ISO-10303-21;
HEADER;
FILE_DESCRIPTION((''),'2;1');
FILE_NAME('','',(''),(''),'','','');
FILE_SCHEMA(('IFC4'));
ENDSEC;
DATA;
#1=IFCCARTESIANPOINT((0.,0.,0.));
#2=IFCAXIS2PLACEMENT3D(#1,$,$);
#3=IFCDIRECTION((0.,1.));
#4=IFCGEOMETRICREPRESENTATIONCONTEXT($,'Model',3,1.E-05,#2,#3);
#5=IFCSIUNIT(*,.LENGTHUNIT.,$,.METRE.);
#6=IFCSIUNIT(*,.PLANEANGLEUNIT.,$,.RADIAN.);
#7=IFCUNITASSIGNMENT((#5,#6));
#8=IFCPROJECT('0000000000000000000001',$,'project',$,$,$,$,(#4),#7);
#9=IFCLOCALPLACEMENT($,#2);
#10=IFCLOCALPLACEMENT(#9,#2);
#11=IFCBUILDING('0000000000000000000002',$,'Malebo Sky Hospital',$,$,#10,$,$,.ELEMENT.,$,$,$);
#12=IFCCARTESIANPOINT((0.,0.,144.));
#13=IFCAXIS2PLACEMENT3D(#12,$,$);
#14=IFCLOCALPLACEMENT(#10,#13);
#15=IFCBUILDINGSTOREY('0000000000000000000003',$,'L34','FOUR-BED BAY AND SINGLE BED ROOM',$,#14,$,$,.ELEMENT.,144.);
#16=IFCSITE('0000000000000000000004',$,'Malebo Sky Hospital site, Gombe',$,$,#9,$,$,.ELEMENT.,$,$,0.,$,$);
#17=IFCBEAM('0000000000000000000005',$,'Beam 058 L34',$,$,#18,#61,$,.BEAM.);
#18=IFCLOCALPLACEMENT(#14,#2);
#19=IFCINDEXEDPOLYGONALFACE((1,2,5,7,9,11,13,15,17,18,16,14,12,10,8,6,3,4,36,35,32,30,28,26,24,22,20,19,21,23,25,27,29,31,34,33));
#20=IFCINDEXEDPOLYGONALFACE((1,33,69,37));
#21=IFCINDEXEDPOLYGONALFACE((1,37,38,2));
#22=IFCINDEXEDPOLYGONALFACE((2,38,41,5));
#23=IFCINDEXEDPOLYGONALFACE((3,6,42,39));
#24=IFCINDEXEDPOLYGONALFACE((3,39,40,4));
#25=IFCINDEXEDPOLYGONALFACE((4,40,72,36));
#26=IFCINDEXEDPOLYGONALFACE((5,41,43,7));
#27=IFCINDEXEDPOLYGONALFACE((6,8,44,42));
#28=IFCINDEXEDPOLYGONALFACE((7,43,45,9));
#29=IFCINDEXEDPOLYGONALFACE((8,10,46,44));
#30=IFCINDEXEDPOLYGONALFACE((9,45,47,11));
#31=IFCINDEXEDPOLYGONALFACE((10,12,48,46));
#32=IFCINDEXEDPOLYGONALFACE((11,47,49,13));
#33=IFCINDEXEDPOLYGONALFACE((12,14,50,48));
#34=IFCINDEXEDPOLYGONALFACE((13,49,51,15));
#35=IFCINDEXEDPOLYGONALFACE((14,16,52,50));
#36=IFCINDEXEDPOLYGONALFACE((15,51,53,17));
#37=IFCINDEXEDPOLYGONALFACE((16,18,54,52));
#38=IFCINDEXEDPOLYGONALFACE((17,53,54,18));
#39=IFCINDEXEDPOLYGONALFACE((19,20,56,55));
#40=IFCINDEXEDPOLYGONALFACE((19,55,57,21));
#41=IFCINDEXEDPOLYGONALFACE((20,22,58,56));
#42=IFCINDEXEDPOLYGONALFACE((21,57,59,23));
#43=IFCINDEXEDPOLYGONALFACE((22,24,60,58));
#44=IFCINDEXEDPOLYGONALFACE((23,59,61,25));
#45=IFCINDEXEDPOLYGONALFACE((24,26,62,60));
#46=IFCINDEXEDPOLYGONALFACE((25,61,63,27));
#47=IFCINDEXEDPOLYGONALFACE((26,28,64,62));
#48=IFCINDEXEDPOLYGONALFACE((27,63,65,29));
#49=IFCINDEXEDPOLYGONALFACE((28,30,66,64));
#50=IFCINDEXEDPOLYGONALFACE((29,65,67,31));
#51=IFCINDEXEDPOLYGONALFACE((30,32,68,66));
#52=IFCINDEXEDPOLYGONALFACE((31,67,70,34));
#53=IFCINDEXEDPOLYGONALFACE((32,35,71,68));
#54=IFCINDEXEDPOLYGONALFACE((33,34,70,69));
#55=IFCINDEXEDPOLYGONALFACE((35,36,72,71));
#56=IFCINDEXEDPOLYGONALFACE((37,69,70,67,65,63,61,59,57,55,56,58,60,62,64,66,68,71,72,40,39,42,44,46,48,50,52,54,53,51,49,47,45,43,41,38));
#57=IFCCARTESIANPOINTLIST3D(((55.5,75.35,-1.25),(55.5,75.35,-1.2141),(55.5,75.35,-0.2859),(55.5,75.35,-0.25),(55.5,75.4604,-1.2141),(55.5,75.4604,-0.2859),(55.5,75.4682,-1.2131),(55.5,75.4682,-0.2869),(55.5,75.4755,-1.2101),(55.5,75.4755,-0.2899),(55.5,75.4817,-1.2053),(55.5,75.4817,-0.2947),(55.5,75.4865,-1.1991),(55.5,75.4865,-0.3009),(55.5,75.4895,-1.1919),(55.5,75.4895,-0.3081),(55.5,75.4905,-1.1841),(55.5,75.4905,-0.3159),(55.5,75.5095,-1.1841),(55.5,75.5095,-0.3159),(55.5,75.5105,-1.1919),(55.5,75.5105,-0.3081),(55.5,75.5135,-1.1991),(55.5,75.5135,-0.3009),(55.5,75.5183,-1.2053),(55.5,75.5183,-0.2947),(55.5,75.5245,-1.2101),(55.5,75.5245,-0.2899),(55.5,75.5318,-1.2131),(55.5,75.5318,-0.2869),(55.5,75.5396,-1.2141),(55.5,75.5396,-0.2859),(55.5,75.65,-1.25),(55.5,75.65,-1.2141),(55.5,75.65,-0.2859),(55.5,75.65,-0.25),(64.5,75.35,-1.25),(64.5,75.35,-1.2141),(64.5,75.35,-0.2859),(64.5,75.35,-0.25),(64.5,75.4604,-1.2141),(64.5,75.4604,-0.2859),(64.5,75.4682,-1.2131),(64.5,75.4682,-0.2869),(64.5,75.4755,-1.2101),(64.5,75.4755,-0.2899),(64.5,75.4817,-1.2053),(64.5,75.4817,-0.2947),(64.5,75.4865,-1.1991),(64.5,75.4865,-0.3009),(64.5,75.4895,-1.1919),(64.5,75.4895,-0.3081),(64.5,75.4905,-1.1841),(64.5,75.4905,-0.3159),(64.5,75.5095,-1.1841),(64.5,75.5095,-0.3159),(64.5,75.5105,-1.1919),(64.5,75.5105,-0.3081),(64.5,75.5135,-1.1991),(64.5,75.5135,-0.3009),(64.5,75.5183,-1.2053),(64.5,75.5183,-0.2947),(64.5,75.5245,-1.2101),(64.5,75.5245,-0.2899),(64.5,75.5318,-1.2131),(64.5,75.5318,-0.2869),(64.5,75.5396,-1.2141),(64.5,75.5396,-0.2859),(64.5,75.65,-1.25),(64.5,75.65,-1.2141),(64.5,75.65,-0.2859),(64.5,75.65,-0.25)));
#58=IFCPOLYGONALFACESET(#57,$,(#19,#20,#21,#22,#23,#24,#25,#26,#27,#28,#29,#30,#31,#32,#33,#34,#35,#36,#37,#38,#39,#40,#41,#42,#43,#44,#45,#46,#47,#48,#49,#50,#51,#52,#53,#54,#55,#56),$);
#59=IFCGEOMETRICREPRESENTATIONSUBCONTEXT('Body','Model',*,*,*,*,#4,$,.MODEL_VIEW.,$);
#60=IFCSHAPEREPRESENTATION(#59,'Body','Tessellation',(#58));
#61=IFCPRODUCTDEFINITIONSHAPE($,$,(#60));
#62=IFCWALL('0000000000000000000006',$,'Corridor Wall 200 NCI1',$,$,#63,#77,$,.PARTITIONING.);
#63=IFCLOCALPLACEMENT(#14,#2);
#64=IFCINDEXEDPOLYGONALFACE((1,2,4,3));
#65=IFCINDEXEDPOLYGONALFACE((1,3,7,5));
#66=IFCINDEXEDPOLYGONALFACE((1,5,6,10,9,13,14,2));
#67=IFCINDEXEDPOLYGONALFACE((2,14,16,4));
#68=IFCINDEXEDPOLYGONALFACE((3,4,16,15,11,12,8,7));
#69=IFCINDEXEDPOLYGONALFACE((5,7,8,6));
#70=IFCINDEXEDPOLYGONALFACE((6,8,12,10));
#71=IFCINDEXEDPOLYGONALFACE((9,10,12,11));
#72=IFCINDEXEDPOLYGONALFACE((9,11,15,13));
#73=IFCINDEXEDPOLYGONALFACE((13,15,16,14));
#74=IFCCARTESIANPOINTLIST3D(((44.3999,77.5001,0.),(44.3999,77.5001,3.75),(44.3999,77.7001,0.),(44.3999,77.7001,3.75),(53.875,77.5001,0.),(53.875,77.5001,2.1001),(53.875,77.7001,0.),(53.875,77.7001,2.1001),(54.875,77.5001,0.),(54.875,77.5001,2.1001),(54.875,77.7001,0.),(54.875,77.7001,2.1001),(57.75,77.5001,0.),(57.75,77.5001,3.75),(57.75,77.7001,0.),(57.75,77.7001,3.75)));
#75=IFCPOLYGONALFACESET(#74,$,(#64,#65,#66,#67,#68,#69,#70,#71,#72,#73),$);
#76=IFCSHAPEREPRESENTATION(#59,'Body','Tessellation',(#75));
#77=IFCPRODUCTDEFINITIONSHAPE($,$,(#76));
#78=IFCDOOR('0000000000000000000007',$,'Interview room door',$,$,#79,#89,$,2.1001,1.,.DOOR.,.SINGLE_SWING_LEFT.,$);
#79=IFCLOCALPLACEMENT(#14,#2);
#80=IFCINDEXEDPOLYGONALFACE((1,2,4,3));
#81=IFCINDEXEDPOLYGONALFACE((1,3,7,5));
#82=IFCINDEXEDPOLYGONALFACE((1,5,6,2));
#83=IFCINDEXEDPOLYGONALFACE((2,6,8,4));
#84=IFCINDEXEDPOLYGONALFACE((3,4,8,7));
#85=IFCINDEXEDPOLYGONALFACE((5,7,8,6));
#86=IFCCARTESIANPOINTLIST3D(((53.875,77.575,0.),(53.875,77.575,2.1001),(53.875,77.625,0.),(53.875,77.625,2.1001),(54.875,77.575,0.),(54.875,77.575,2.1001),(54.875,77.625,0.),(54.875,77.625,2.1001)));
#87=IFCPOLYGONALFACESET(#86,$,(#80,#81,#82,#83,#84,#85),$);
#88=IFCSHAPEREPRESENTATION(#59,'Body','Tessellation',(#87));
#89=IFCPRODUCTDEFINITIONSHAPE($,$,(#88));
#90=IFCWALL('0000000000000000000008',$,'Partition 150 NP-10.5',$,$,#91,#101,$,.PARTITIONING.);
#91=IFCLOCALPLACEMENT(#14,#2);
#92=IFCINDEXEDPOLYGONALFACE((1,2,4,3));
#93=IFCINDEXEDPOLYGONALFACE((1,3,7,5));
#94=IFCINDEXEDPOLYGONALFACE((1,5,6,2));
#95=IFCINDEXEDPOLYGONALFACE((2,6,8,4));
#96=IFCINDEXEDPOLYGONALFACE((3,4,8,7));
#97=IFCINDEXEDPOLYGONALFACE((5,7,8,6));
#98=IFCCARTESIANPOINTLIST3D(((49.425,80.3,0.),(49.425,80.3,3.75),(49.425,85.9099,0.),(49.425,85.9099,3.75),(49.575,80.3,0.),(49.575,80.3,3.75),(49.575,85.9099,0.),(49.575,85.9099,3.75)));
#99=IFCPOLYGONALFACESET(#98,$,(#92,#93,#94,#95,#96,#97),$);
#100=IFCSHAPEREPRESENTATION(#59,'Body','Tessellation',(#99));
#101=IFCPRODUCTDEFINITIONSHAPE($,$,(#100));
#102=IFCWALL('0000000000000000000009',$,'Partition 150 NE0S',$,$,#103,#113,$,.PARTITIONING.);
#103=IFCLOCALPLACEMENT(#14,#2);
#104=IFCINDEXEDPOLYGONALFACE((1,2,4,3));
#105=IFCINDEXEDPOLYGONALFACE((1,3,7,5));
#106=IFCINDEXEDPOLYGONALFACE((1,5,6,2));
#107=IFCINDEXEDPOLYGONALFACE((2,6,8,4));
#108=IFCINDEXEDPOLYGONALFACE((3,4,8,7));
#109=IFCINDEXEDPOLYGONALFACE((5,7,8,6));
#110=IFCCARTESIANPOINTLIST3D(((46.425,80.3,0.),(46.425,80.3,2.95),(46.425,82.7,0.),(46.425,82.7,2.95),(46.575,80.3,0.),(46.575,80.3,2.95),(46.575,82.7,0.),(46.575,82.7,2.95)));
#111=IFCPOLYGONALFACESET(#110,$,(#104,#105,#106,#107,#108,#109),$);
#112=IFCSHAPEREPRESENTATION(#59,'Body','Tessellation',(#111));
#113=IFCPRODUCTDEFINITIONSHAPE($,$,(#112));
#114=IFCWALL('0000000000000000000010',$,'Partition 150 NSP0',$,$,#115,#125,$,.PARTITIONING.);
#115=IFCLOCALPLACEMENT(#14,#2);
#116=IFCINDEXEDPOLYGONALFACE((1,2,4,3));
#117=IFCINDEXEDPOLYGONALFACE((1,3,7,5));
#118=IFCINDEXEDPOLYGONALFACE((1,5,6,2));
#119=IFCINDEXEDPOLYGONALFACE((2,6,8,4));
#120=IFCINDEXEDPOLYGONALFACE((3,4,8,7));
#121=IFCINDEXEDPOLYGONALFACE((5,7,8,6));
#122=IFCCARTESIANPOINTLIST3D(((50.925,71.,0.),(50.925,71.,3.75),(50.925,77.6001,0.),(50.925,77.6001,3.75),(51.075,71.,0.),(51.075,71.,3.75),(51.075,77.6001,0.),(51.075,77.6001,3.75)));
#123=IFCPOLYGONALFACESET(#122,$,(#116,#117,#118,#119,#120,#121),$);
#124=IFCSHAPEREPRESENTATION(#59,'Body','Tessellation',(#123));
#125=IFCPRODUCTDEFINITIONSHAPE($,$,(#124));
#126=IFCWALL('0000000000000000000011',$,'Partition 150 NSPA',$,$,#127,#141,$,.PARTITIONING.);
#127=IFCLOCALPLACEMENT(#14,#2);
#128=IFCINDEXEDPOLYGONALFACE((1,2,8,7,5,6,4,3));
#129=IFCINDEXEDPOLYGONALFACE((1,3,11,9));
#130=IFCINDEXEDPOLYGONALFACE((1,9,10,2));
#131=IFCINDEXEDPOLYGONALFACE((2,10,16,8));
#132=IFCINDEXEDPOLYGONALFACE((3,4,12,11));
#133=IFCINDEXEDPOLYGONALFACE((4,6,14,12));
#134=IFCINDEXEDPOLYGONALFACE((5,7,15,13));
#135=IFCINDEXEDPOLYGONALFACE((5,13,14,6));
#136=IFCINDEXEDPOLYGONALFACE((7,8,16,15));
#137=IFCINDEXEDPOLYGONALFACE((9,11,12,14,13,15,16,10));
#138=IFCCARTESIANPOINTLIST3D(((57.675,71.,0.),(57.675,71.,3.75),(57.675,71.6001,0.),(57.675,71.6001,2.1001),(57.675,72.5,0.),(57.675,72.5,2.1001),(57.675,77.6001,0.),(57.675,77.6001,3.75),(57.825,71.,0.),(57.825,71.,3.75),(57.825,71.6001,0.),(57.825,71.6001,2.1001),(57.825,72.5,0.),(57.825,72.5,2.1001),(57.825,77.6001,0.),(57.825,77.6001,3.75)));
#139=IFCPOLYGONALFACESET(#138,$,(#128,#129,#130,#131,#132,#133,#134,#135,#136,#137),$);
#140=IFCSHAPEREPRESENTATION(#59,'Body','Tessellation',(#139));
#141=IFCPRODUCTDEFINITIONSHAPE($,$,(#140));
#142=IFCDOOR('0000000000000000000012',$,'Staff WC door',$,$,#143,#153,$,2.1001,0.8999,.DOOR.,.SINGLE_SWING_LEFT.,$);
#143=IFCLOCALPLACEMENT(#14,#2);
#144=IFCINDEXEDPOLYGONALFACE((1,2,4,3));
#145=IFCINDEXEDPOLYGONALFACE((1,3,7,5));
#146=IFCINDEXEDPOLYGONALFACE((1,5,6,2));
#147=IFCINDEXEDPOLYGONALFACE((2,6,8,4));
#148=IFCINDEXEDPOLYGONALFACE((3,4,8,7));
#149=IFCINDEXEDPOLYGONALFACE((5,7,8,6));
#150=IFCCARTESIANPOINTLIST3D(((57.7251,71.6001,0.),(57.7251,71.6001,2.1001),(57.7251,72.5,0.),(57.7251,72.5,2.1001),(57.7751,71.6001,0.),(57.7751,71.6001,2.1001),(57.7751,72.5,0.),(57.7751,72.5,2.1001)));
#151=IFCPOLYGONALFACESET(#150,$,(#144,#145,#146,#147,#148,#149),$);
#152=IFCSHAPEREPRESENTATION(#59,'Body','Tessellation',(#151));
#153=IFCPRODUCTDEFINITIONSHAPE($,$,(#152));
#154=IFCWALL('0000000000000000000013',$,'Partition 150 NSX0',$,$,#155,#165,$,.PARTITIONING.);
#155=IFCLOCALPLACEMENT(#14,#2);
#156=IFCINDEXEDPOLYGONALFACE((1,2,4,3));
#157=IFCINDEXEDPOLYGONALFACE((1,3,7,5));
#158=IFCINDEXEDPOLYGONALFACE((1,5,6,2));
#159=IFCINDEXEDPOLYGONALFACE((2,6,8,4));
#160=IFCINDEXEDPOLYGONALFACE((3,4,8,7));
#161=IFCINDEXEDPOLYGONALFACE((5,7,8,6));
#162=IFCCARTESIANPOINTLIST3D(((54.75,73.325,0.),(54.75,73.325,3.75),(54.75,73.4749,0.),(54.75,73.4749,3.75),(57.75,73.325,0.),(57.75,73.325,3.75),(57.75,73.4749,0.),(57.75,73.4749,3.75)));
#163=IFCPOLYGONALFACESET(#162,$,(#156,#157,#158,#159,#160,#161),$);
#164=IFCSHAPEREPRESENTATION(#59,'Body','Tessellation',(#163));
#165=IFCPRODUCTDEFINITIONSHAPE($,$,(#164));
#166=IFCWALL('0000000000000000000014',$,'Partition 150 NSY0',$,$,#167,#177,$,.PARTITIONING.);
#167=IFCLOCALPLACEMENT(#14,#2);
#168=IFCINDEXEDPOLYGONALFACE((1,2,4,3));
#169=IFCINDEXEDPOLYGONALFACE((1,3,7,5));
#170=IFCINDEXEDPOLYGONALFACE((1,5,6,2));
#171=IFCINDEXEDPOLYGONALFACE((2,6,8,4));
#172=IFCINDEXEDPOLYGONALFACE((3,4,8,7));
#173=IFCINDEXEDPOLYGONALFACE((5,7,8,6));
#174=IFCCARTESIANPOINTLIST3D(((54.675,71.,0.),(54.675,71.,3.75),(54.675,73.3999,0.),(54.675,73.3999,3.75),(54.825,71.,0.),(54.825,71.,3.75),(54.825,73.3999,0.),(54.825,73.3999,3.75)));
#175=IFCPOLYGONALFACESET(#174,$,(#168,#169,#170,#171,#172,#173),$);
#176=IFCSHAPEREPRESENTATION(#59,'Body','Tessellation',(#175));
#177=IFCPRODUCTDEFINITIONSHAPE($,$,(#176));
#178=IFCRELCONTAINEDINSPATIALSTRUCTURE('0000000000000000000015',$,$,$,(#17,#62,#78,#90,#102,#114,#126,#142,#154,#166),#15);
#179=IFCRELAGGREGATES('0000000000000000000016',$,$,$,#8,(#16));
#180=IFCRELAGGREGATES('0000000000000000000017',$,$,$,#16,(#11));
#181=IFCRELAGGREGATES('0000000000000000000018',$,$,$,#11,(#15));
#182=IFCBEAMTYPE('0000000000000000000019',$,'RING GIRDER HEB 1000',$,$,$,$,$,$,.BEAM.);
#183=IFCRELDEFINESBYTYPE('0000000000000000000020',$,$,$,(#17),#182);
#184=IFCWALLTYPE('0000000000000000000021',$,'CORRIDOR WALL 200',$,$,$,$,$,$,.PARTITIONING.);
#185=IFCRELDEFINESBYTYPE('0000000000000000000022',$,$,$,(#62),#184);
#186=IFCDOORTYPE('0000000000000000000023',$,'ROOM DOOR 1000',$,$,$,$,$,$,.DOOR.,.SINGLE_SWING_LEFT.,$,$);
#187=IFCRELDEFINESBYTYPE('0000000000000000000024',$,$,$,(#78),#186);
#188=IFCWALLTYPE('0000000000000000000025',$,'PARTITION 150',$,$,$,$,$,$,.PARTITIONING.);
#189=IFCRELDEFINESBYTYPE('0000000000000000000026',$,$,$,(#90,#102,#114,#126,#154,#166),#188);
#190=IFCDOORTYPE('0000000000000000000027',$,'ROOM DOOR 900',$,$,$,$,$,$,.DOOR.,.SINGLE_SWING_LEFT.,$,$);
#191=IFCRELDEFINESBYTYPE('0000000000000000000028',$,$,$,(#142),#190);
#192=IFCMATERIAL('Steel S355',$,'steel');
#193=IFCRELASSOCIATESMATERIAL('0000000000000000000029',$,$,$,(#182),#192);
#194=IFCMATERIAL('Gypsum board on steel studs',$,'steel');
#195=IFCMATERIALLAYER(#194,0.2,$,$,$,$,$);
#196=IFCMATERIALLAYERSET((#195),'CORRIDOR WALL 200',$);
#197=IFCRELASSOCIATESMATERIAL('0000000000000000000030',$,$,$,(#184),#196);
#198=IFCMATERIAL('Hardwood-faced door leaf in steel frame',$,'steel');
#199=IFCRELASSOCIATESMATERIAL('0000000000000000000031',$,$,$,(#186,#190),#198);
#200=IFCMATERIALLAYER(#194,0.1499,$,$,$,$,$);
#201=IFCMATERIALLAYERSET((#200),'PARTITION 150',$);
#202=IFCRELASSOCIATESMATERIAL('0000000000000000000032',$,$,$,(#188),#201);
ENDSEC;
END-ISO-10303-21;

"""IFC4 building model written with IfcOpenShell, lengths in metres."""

from ifc_helpers import new_model, si_unit, direction, frame, frame_2d, origin, origin_2d, place, context, subcontext, project, spatial, rectangle, i_section, extrude, material, layer, layer_set, material_profile, profile_set, type_object, element, fill, save


model = new_model("IFC4")

# Units and contexts
model_context = context("Model", 3, precision=1e-05, world=origin(), true_north=direction((0.0, 1.0)))
body_context = subcontext(model_context, "Body", "Model", "MODEL_VIEW")
ifc_project = project(units=[si_unit("LENGTHUNIT", "METRE"), si_unit("PLANEANGLEUNIT", "RADIAN")], contexts=[model_context])

# Site, building, storey
site_placement = place(None, origin())
site = spatial("IfcSite", under=ifc_project, at=site_placement, Name="Malebo Sky Hospital site, Gombe", CompositionType="ELEMENT", RefElevation=0.0)
building_placement = place(site_placement, origin())
building = spatial("IfcBuilding", under=site, at=building_placement, Name="Malebo Sky Hospital", CompositionType="ELEMENT")
storey_placement = place(building_placement, frame((0.0, 0.0, 144.0)))
storey = spatial("IfcBuildingStorey", under=building, at=storey_placement, Name="L34", Description="FOUR-BED BAY AND SINGLE BED ROOM", CompositionType="ELEMENT", Elevation=144.0)

# Beam
ifc_material_1 = material(Name="Steel S355", Category="steel")
ifc_material_profile_1 = material_profile(ifc_material_1, i_section(OverallWidth=0.3, OverallDepth=1.0, WebThickness=0.019, FlangeThickness=0.0359, FilletRadius=0.03, at=origin_2d()), Name="HEB 1000")
ifc_profile_set_1 = profile_set([ifc_material_profile_1], Name="Steel S355")
beam_type_1 = type_object("IfcBeamType", Name="RING GIRDER HEB 1000", PredefinedType="BEAM", material=ifc_profile_set_1)
beam_1_placement = place(storey_placement, frame((55.5, 75.5, -0.75), z_axis=(1.0, 0.0, 0.0), x_axis=(0.0, 1.0, 0.0)))
element("IfcBeam", 1, at=beam_1_placement, inside=storey, type_object=beam_type_1, Name="Beam 058 L34", PredefinedType="BEAM", context=body_context, shape_type="SweptSolid", body=[
    extrude(i_section(OverallWidth=0.3, OverallDepth=1.0, WebThickness=0.019, FlangeThickness=0.0359, FilletRadius=0.03, at=origin_2d()), origin(), (0.0, 0.0, 1.0), 9.0),
])

# Wall, opening, door
ifc_material_2 = material(Name="Gypsum board on steel studs", Category="steel")
ifc_layer_1 = layer(ifc_material_2, 0.2)
ifc_layer_set_1 = layer_set([ifc_layer_1], Name="CORRIDOR WALL 200")
wall_type_1 = type_object("IfcWallType", Name="CORRIDOR WALL 200", PredefinedType="PARTITIONING", material=ifc_layer_set_1)
wall_1_placement = place(storey_placement, frame((44.3999, 77.6001, 0.0), z_axis=(0.0, 0.0, 1.0), x_axis=(1.0, 0.0, 0.0)))
wall_1 = element("IfcWall", 2, at=wall_1_placement, inside=storey, type_object=wall_type_1, Name="Corridor Wall 200 NCI1", PredefinedType="PARTITIONING", context=body_context, shape_type="SweptSolid", body=[
    extrude(rectangle(XDim=13.3501, YDim=0.2, at=frame_2d((6.675, 0.0))), origin(), (0.0, 0.0, 1.0), 3.75),
])
opening_1_placement = place(wall_1_placement, frame((9.4751, 0.0, 0.0)))
opening_1 = element("IfcOpeningElement", 3, at=opening_1_placement, cuts=wall_1, PredefinedType="OPENING", context=body_context, shape_type="SweptSolid", body=[
    extrude(rectangle(XDim=1.0, YDim=2.1001, at=frame_2d((0.5, 1.05))), frame((0.0, 0.1099, 0.0), z_axis=(0.0, -1.0, 0.0), x_axis=(1.0, 0.0, 0.0)), (0.0, 0.0, 1.0), 0.22),
])
ifc_material_3 = material(Name="Hardwood-faced door leaf in steel frame", Category="steel")
door_type_1 = type_object("IfcDoorType", Name="ROOM DOOR 1000", OperationType="SINGLE_SWING_LEFT", PredefinedType="DOOR", material=ifc_material_3)
door_1_placement = place(opening_1_placement, origin())
door_1 = element("IfcDoor", 4, at=door_1_placement, inside=storey, type_object=door_type_1, Name="Interview room door", OperationType="SINGLE_SWING_LEFT", OverallHeight=2.1001, OverallWidth=1.0, PredefinedType="DOOR", context=body_context, shape_type="SweptSolid", body=[
    extrude(rectangle(XDim=1.0, YDim=2.1001, at=frame_2d((0.5, 1.05))), frame((0.0, 0.0249, 0.0), z_axis=(0.0, -1.0, 0.0), x_axis=(1.0, 0.0, 0.0)), (0.0, 0.0, 1.0), 0.05),
])
fill(opening_1, door_1)

# Walls
ifc_layer_2 = layer(ifc_material_2, 0.1499)
ifc_layer_set_2 = layer_set([ifc_layer_2], Name="PARTITION 150")
wall_type_2 = type_object("IfcWallType", Name="PARTITION 150", PredefinedType="PARTITIONING", material=ifc_layer_set_2)
wall_2_placement = place(storey_placement, frame((49.5, 80.3, 0.0), z_axis=(0.0, 0.0, 1.0), x_axis=(0.0, 1.0, 0.0)))
element("IfcWall", 5, at=wall_2_placement, inside=storey, type_object=wall_type_2, Name="Partition 150 NP-10.5", PredefinedType="PARTITIONING", context=body_context, shape_type="SweptSolid", body=[
    extrude(rectangle(XDim=5.6099, YDim=0.1499, at=frame_2d((2.8049, 0.0))), origin(), (0.0, 0.0, 1.0), 3.75),
])
wall_3_placement = place(storey_placement, frame((46.5, 80.3, 0.0), z_axis=(0.0, 0.0, 1.0), x_axis=(0.0, 1.0, 0.0)))
element("IfcWall", 6, at=wall_3_placement, inside=storey, type_object=wall_type_2, Name="Partition 150 NE0S", PredefinedType="PARTITIONING", context=body_context, shape_type="SweptSolid", body=[
    extrude(rectangle(XDim=2.3999, YDim=0.1499, at=frame_2d((1.2, 0.0))), origin(), (0.0, 0.0, 1.0), 2.95),
])
wall_4_placement = place(storey_placement, frame((51.0, 71.0, 0.0), z_axis=(0.0, 0.0, 1.0), x_axis=(0.0, 1.0, 0.0)))
element("IfcWall", 7, at=wall_4_placement, inside=storey, type_object=wall_type_2, Name="Partition 150 NSP0", PredefinedType="PARTITIONING", context=body_context, shape_type="SweptSolid", body=[
    extrude(rectangle(XDim=6.6001, YDim=0.1499, at=frame_2d((3.3, 0.0))), origin(), (0.0, 0.0, 1.0), 3.75),
])

# Wall, opening, door
wall_5_placement = place(storey_placement, frame((57.75, 71.0, 0.0), z_axis=(0.0, 0.0, 1.0), x_axis=(0.0, 1.0, 0.0)))
wall_5 = element("IfcWall", 8, at=wall_5_placement, inside=storey, type_object=wall_type_2, Name="Partition 150 NSPA", PredefinedType="PARTITIONING", context=body_context, shape_type="SweptSolid", body=[
    extrude(rectangle(XDim=6.6001, YDim=0.1499, at=frame_2d((3.3, 0.0))), origin(), (0.0, 0.0, 1.0), 3.75),
])
opening_2_placement = place(wall_5_placement, frame((0.6001, 0.0, 0.0)))
opening_2 = element("IfcOpeningElement", 9, at=opening_2_placement, cuts=wall_5, PredefinedType="OPENING", context=body_context, shape_type="SweptSolid", body=[
    extrude(rectangle(XDim=0.8999, YDim=2.1001, at=frame_2d((0.45, 1.05))), frame((0.0, 0.085, 0.0), z_axis=(0.0, -1.0, 0.0), x_axis=(1.0, 0.0, 0.0)), (0.0, 0.0, 1.0), 0.1699),
])
door_type_2 = type_object("IfcDoorType", Name="ROOM DOOR 900", OperationType="SINGLE_SWING_LEFT", PredefinedType="DOOR", material=ifc_material_3)
door_2_placement = place(opening_2_placement, origin())
door_2 = element("IfcDoor", 10, at=door_2_placement, inside=storey, type_object=door_type_2, Name="Staff WC door", OperationType="SINGLE_SWING_LEFT", OverallHeight=2.1001, OverallWidth=0.8999, PredefinedType="DOOR", context=body_context, shape_type="SweptSolid", body=[
    extrude(rectangle(XDim=0.8999, YDim=2.1001, at=frame_2d((0.45, 1.05))), frame((0.0, 0.0249, 0.0), z_axis=(0.0, -1.0, 0.0), x_axis=(1.0, 0.0, 0.0)), (0.0, 0.0, 1.0), 0.05),
])
fill(opening_2, door_2)

# Walls
wall_6_placement = place(storey_placement, frame((54.75, 73.3999, 0.0), z_axis=(0.0, 0.0, 1.0), x_axis=(1.0, 0.0, 0.0)))
element("IfcWall", 11, at=wall_6_placement, inside=storey, type_object=wall_type_2, Name="Partition 150 NSX0", PredefinedType="PARTITIONING", context=body_context, shape_type="SweptSolid", body=[
    extrude(rectangle(XDim=3.0, YDim=0.1499, at=frame_2d((1.5, 0.0))), origin(), (0.0, 0.0, 1.0), 3.75),
])
wall_7_placement = place(storey_placement, frame((54.75, 71.0, 0.0), z_axis=(0.0, 0.0, 1.0), x_axis=(0.0, 1.0, 0.0)))
element("IfcWall", 12, at=wall_7_placement, inside=storey, type_object=wall_type_2, Name="Partition 150 NSY0", PredefinedType="PARTITIONING", context=body_context, shape_type="SweptSolid", body=[
    extrude(rectangle(XDim=2.3999, YDim=0.1499, at=frame_2d((1.2, 0.0))), origin(), (0.0, 0.0, 1.0), 3.75),
])

save(model, "model.ifc")
